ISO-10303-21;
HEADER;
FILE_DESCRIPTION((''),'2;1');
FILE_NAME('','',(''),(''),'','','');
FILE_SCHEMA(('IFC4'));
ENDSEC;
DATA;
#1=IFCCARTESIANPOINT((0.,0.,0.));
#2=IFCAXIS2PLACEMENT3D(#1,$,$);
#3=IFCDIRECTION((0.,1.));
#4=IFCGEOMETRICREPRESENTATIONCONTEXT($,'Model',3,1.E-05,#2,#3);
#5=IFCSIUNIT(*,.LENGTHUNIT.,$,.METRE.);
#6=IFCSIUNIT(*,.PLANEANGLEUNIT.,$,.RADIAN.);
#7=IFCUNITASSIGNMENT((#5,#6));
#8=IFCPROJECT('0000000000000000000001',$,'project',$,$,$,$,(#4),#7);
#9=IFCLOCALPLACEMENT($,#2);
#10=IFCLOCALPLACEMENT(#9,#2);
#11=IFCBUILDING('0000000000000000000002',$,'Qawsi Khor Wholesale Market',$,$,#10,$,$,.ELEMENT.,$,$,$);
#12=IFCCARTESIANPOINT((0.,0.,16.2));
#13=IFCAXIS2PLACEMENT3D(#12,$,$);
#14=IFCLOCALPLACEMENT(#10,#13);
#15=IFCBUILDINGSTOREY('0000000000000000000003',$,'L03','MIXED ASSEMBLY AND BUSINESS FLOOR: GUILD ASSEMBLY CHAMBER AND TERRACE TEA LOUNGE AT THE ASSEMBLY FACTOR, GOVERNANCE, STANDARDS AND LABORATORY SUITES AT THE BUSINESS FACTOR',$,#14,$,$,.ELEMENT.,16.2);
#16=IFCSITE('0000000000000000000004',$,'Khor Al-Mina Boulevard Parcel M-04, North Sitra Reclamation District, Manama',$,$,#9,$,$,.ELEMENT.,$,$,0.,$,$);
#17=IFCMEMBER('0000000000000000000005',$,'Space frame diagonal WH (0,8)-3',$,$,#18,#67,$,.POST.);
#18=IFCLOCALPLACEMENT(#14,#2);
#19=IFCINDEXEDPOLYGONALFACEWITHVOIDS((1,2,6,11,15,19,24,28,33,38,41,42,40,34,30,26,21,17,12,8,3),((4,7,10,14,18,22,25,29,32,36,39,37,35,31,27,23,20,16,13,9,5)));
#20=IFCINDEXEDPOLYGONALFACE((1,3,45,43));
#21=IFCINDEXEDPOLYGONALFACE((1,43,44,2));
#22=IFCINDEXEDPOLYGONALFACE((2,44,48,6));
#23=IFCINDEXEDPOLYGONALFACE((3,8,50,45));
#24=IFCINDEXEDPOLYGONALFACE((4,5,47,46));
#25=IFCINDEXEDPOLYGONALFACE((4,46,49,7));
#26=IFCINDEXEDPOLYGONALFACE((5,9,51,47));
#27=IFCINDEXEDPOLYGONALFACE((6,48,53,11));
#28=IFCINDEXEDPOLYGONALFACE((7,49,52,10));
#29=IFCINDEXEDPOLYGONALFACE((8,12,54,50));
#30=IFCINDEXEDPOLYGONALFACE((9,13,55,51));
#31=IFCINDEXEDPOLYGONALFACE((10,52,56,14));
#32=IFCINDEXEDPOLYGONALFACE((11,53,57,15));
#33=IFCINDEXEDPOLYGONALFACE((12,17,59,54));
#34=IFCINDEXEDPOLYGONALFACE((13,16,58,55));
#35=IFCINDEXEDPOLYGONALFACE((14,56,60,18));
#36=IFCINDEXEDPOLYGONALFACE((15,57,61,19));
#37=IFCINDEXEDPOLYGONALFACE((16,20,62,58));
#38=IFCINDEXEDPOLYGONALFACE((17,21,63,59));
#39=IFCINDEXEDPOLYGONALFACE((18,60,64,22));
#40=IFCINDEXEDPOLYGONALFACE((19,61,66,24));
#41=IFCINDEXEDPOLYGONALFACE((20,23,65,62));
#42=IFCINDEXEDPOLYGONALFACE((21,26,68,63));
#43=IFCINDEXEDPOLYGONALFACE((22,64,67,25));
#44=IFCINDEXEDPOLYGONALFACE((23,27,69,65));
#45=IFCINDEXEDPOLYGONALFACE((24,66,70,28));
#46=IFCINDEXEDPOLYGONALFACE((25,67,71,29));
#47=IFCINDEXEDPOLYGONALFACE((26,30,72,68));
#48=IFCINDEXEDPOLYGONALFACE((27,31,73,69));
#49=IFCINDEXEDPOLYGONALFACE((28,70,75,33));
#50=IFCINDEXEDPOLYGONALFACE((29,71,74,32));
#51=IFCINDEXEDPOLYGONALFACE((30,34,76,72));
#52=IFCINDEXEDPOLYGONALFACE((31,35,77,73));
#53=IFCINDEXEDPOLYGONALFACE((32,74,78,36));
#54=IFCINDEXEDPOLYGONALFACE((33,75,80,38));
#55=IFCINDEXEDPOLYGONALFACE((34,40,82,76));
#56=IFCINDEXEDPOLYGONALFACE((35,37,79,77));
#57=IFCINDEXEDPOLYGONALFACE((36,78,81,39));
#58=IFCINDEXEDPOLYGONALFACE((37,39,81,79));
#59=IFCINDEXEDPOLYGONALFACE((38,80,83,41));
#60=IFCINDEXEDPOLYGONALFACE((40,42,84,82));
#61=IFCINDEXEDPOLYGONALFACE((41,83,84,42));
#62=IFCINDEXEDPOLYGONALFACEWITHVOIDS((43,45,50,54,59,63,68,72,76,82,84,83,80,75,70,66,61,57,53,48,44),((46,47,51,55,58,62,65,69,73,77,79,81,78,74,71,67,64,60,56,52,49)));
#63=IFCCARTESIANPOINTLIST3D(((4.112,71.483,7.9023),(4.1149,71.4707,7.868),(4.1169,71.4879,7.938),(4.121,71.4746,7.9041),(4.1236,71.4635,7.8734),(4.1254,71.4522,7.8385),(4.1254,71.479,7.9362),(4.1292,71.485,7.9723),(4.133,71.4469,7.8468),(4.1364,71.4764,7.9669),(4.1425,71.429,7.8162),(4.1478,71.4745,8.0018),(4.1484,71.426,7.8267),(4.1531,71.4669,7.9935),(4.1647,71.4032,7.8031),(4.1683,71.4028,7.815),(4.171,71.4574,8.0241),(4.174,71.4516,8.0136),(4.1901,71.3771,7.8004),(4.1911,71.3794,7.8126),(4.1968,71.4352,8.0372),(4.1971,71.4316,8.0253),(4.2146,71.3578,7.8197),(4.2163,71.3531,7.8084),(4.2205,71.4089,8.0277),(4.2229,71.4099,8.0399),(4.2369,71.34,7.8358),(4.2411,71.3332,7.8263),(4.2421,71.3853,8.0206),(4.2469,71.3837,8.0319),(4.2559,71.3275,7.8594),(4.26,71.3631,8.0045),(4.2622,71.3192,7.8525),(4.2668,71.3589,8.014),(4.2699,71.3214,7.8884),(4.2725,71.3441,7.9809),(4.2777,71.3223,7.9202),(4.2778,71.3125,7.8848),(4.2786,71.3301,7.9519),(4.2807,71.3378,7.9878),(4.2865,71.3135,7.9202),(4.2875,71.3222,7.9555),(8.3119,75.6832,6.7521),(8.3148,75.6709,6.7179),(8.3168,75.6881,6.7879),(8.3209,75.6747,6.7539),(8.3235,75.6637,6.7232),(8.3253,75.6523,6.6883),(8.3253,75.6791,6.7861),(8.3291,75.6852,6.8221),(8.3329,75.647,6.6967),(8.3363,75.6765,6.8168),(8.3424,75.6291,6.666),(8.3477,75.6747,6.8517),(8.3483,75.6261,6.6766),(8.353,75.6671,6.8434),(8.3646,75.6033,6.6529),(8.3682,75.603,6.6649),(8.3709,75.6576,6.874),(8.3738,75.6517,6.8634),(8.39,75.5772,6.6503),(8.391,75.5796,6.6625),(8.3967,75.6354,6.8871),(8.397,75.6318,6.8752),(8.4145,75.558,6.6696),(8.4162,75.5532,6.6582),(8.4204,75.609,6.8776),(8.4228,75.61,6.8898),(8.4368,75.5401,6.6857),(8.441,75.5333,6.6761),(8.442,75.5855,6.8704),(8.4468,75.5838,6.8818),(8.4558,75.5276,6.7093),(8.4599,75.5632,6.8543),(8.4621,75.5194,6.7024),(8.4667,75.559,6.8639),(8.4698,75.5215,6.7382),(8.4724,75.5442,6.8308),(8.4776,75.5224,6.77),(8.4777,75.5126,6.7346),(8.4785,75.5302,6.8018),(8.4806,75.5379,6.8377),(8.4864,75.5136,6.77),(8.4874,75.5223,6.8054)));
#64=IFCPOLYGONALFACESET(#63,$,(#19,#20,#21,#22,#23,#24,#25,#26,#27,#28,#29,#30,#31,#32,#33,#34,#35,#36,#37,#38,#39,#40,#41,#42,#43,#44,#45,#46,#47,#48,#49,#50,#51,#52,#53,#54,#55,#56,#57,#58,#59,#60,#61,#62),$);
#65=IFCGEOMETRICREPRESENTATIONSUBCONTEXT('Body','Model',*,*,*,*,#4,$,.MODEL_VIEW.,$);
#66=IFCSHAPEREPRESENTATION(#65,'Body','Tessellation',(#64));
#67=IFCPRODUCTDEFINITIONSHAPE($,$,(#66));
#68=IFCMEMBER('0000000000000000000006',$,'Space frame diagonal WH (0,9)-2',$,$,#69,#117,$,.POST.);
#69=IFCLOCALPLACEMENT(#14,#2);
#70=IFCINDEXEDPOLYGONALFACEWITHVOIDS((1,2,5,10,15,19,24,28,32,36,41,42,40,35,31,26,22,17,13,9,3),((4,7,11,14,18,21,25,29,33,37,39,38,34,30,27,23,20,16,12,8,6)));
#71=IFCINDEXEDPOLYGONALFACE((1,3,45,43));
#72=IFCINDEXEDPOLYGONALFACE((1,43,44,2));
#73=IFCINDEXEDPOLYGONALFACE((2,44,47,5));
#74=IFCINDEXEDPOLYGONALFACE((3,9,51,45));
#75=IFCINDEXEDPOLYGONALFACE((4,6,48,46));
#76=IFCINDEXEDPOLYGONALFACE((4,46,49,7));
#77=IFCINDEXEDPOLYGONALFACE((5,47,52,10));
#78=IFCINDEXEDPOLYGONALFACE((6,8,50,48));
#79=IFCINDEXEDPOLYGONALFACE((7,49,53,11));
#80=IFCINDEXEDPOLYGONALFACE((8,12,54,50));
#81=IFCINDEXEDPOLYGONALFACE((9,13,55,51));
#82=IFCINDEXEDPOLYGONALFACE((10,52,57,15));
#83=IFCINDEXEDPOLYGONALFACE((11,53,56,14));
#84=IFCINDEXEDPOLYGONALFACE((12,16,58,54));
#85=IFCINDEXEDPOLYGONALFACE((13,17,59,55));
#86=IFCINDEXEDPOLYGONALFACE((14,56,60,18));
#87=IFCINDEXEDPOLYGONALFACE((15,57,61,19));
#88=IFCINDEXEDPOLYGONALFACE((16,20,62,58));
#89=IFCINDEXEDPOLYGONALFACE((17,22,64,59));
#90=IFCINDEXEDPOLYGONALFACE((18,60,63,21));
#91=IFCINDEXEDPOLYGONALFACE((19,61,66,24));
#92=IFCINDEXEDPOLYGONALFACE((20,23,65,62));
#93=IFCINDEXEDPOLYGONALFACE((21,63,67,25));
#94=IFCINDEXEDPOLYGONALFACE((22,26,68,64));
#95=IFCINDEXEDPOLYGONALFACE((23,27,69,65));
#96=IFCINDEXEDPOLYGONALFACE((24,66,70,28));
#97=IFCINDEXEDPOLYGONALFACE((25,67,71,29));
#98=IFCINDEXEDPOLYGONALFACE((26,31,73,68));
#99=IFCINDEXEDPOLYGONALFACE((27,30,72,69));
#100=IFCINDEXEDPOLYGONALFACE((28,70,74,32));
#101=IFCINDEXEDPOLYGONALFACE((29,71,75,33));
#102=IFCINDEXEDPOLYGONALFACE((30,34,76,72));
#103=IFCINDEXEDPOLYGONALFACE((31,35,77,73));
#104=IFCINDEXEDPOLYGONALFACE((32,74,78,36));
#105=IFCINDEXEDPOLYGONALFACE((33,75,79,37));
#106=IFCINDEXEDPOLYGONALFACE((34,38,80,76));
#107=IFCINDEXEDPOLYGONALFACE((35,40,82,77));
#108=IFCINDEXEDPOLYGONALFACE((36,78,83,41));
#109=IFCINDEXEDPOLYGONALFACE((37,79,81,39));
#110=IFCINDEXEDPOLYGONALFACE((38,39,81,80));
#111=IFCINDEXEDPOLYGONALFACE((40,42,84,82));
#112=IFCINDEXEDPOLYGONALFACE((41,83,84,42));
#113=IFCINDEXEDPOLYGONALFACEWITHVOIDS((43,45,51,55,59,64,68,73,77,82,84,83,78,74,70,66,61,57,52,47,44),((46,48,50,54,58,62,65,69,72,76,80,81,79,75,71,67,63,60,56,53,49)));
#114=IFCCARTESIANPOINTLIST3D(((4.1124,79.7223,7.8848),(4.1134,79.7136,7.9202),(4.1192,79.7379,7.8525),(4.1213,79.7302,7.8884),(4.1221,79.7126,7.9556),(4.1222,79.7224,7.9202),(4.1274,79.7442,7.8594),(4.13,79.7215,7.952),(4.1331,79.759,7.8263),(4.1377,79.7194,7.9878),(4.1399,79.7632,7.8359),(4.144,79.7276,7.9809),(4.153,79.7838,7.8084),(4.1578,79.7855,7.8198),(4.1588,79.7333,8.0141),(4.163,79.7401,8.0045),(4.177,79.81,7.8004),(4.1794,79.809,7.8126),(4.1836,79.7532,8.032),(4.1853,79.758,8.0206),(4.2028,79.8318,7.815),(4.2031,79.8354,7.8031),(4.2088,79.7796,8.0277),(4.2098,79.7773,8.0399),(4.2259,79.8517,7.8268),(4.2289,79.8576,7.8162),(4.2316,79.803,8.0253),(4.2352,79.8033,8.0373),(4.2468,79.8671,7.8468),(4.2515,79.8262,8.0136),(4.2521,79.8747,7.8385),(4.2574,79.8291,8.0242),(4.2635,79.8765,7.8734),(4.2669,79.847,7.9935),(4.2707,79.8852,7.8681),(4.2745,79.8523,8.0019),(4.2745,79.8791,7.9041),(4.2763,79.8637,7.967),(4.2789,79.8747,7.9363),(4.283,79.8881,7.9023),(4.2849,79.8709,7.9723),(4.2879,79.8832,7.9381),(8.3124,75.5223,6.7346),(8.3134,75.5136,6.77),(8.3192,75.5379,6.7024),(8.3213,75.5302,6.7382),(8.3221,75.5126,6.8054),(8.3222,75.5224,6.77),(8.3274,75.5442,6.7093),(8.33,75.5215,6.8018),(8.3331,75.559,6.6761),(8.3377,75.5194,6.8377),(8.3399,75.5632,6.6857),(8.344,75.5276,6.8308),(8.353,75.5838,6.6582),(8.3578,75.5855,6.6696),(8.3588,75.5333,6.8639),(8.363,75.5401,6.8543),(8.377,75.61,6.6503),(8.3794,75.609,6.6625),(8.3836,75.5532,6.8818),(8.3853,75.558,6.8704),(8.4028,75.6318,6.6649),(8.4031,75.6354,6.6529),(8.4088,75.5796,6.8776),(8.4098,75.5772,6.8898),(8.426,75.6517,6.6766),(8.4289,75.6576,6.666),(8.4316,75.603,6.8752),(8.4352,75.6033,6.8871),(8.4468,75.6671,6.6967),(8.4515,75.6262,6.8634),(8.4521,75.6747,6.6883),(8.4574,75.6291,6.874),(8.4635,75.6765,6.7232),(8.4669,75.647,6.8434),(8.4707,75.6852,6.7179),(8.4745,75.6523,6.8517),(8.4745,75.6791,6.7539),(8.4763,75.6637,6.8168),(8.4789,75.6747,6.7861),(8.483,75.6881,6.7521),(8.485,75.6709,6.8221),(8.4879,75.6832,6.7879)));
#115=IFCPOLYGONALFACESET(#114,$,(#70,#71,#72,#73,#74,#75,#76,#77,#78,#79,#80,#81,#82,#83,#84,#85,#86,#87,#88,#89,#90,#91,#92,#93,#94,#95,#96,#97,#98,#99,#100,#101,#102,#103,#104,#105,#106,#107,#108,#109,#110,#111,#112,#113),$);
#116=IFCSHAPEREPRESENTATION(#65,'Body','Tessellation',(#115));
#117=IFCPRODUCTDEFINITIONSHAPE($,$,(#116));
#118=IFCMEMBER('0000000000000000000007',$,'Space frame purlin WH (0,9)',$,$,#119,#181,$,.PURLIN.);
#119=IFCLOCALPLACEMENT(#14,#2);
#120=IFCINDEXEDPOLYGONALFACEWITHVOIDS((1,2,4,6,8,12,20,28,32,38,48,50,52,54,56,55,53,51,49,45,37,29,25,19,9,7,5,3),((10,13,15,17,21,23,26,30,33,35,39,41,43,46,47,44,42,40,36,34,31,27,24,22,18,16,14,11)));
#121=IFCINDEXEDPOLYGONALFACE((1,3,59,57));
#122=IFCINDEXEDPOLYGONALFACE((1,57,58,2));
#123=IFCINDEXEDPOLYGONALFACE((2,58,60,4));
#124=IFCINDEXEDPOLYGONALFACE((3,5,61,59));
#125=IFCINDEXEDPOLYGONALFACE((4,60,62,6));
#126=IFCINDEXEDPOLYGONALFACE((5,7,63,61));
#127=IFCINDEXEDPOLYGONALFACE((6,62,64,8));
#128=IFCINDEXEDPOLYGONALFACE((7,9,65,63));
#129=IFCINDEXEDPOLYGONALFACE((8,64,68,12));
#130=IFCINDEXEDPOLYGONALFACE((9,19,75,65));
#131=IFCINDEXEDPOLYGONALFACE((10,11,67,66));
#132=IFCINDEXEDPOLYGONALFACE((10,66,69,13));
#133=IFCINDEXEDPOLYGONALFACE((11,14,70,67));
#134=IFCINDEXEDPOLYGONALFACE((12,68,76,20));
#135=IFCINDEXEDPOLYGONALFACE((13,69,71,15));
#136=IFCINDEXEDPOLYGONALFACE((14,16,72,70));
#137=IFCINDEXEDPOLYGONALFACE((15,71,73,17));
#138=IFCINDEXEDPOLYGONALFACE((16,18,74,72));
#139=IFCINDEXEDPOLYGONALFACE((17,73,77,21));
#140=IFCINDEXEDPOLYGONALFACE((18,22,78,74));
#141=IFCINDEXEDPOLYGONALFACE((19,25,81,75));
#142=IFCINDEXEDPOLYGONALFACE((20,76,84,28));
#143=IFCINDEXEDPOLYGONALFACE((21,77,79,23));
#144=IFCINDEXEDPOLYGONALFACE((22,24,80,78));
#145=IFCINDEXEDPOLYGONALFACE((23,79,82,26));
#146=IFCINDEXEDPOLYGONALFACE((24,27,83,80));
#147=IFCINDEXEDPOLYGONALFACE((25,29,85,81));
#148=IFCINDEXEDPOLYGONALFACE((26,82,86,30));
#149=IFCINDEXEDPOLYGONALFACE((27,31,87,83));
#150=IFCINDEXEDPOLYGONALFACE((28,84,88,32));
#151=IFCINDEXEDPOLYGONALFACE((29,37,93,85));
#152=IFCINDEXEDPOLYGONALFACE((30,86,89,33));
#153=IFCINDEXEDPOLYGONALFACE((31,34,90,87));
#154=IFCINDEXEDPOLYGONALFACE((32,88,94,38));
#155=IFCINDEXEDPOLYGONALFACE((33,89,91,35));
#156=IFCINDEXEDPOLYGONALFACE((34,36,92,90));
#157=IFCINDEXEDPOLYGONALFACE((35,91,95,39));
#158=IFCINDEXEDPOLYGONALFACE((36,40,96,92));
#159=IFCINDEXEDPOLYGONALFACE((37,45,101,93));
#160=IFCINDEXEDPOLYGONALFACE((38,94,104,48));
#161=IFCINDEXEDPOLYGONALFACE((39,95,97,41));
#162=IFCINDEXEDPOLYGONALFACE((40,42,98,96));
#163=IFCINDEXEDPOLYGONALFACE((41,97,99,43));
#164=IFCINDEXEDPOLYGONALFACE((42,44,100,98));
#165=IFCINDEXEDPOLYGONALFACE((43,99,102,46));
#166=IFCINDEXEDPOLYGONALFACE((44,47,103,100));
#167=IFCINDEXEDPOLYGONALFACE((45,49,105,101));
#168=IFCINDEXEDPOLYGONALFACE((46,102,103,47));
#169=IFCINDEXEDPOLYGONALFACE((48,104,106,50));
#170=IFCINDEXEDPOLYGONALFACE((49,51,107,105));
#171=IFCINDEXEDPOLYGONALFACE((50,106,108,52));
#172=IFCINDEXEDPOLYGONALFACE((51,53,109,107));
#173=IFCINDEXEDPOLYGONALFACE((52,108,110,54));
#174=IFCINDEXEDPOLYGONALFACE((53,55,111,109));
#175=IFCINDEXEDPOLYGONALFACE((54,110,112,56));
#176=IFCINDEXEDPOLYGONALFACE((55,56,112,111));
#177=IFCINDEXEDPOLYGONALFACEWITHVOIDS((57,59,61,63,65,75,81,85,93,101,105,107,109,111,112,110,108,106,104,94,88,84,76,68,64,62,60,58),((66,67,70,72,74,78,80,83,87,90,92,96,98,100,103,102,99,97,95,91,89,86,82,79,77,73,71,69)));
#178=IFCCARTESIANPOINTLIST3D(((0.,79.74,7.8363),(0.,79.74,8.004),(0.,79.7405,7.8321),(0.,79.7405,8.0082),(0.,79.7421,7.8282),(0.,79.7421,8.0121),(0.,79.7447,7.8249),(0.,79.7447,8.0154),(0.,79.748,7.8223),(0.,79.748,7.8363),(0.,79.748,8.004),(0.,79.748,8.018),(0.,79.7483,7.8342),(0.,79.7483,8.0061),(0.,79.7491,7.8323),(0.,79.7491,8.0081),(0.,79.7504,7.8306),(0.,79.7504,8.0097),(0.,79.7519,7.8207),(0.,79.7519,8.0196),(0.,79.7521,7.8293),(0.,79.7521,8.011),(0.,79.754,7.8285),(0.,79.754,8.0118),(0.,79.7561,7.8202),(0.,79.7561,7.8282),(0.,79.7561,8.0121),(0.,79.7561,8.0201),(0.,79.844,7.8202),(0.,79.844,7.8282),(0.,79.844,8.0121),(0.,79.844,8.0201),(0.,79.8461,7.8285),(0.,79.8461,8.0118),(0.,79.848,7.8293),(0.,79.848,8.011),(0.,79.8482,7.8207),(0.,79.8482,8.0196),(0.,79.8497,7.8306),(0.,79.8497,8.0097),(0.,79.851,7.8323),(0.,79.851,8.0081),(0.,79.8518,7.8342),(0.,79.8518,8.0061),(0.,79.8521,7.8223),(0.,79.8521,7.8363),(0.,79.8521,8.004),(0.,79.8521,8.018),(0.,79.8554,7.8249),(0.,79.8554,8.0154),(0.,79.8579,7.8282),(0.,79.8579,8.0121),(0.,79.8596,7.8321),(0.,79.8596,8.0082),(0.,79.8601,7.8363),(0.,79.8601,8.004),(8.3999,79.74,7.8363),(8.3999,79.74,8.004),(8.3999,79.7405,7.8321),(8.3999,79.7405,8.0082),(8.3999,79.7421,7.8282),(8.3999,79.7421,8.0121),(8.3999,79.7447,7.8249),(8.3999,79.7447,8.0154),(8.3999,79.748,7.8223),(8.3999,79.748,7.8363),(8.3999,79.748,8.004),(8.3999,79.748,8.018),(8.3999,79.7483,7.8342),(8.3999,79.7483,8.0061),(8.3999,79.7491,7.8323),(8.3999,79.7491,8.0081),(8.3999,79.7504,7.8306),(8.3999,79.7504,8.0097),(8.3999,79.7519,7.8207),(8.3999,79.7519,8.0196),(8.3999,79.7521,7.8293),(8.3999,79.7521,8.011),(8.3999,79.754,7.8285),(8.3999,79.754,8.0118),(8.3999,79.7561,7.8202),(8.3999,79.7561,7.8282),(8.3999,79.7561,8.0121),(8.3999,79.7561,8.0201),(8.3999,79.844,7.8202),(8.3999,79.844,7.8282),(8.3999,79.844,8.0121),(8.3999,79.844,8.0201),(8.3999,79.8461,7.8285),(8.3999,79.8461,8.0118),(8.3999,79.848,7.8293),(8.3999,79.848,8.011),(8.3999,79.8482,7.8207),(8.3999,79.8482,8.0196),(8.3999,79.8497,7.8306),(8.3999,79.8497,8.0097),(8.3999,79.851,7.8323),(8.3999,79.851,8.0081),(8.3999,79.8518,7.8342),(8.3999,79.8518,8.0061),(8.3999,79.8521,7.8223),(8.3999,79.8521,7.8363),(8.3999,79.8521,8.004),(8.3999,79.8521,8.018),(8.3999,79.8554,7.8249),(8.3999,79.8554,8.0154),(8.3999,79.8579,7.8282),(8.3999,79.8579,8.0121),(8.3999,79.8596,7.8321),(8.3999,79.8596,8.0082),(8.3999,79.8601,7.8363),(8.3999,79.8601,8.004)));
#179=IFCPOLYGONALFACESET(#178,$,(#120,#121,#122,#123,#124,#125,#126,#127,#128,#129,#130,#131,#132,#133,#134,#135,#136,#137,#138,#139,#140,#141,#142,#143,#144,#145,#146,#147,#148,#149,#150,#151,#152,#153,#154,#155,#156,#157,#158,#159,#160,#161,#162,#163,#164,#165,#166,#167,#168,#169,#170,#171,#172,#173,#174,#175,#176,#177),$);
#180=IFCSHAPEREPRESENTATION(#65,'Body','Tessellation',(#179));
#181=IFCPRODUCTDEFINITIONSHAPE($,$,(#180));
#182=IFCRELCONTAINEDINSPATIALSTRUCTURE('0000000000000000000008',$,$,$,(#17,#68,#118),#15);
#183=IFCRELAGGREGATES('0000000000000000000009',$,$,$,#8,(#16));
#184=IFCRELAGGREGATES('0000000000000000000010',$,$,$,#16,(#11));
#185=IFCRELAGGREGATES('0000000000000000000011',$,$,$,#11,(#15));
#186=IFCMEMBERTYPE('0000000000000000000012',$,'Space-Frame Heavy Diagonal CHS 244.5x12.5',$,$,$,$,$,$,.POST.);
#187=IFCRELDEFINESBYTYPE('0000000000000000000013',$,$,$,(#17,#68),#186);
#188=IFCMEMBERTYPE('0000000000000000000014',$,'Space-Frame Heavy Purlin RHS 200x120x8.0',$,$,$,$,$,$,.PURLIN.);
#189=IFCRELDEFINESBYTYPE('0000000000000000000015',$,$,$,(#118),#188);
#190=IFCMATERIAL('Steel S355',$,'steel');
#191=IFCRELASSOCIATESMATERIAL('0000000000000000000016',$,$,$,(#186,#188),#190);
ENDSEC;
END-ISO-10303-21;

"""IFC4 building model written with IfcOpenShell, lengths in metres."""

from ifc_helpers import new_model, si_unit, direction, frame, origin, origin_2d, place, context, subcontext, project, spatial, hollow_rectangle, hollow_circle, extrude, material, material_profile, profile_set, type_object, element, save


model = new_model("IFC4")

# Units and contexts
model_context = context("Model", 3, precision=1e-05, world=origin(), true_north=direction((0.0, 1.0)))
body_context = subcontext(model_context, "Body", "Model", "MODEL_VIEW")
ifc_project = project(units=[si_unit("LENGTHUNIT", "METRE"), si_unit("PLANEANGLEUNIT", "RADIAN")], contexts=[model_context])

# Site, building, storey
site_placement = place(None, origin())
site = spatial("IfcSite", under=ifc_project, at=site_placement, Name="Khor Al-Mina Boulevard Parcel M-04, North Sitra Reclamation District, Manama", CompositionType="ELEMENT", RefElevation=0.0)
building_placement = place(site_placement, origin())
building = spatial("IfcBuilding", under=site, at=building_placement, Name="Qawsi Khor Wholesale Market", CompositionType="ELEMENT")
storey_placement = place(building_placement, frame((0.0, 0.0, 16.2)))
storey = spatial("IfcBuildingStorey", under=building, at=storey_placement, Name="L03", Description="MIXED ASSEMBLY AND BUSINESS FLOOR: GUILD ASSEMBLY CHAMBER AND TERRACE TEA LOUNGE AT THE ASSEMBLY FACTOR, GOVERNANCE, STANDARDS AND LABORATORY SUITES AT THE BUSINESS FACTOR", CompositionType="ELEMENT", Elevation=16.2)

# Members
ifc_material_1 = material(Name="Steel S355", Category="steel")
ifc_material_profile_1 = material_profile(ifc_material_1, hollow_circle(Radius=0.1223, WallThickness=0.0125, at=origin_2d()), Name="CHS 244.5x12.5")
ifc_profile_set_1 = profile_set([ifc_material_profile_1], Name="Steel S355")
member_type_1 = type_object("IfcMemberType", Name="Space-Frame Heavy Diagonal CHS 244.5x12.5", PredefinedType="POST", material=ifc_profile_set_1)
for number, where, z_axis, x_axis, name in (
    (1, (8.3999, 75.6001, 6.77), (-0.694192, -0.694232, 0.190103), (0.707127, -0.707086, 0.0), "Space frame diagonal WH (0,8)-3"),
    (2, (8.3999, 75.6001, 6.77), (-0.694211, 0.694211, 0.190108), (-0.707107, -0.707107, 0.0), "Space frame diagonal WH (0,9)-2"),
):
    element("IfcMember", number, at=place(storey_placement, frame(where, z_axis=z_axis, x_axis=x_axis)), inside=storey, type_object=member_type_1, Name=name, PredefinedType="POST", context=body_context, shape_type="SweptSolid", body=[
        extrude(hollow_circle(Radius=0.1223, WallThickness=0.0125, at=origin_2d()), origin(), (0.0, 0.0, 1.0), 6.05),
    ])
ifc_material_profile_2 = material_profile(ifc_material_1, hollow_rectangle(XDim=0.1201, YDim=0.2, WallThickness=0.0081, InnerFilletRadius=0.0081, OuterFilletRadius=0.0161, at=origin_2d()), Name="RHS 200x120x8.0")
ifc_profile_set_2 = profile_set([ifc_material_profile_2], Name="Steel S355")
member_type_2 = type_object("IfcMemberType", Name="Space-Frame Heavy Purlin RHS 200x120x8.0", PredefinedType="PURLIN", material=ifc_profile_set_2)
member_1_placement = place(storey_placement, frame((0.0, 79.8, 7.9202), z_axis=(1.0, 0.0, 0.0), x_axis=(0.0, 1.0, 0.0)))
element("IfcMember", 3, at=member_1_placement, inside=storey, type_object=member_type_2, Name="Space frame purlin WH (0,9)", PredefinedType="PURLIN", context=body_context, shape_type="SweptSolid", body=[
    extrude(hollow_rectangle(XDim=0.1201, YDim=0.2, WallThickness=0.0081, InnerFilletRadius=0.0081, OuterFilletRadius=0.0161, at=origin_2d()), origin(), (0.0, 0.0, 1.0), 8.3999),
])

save(model, "model.ifc")
